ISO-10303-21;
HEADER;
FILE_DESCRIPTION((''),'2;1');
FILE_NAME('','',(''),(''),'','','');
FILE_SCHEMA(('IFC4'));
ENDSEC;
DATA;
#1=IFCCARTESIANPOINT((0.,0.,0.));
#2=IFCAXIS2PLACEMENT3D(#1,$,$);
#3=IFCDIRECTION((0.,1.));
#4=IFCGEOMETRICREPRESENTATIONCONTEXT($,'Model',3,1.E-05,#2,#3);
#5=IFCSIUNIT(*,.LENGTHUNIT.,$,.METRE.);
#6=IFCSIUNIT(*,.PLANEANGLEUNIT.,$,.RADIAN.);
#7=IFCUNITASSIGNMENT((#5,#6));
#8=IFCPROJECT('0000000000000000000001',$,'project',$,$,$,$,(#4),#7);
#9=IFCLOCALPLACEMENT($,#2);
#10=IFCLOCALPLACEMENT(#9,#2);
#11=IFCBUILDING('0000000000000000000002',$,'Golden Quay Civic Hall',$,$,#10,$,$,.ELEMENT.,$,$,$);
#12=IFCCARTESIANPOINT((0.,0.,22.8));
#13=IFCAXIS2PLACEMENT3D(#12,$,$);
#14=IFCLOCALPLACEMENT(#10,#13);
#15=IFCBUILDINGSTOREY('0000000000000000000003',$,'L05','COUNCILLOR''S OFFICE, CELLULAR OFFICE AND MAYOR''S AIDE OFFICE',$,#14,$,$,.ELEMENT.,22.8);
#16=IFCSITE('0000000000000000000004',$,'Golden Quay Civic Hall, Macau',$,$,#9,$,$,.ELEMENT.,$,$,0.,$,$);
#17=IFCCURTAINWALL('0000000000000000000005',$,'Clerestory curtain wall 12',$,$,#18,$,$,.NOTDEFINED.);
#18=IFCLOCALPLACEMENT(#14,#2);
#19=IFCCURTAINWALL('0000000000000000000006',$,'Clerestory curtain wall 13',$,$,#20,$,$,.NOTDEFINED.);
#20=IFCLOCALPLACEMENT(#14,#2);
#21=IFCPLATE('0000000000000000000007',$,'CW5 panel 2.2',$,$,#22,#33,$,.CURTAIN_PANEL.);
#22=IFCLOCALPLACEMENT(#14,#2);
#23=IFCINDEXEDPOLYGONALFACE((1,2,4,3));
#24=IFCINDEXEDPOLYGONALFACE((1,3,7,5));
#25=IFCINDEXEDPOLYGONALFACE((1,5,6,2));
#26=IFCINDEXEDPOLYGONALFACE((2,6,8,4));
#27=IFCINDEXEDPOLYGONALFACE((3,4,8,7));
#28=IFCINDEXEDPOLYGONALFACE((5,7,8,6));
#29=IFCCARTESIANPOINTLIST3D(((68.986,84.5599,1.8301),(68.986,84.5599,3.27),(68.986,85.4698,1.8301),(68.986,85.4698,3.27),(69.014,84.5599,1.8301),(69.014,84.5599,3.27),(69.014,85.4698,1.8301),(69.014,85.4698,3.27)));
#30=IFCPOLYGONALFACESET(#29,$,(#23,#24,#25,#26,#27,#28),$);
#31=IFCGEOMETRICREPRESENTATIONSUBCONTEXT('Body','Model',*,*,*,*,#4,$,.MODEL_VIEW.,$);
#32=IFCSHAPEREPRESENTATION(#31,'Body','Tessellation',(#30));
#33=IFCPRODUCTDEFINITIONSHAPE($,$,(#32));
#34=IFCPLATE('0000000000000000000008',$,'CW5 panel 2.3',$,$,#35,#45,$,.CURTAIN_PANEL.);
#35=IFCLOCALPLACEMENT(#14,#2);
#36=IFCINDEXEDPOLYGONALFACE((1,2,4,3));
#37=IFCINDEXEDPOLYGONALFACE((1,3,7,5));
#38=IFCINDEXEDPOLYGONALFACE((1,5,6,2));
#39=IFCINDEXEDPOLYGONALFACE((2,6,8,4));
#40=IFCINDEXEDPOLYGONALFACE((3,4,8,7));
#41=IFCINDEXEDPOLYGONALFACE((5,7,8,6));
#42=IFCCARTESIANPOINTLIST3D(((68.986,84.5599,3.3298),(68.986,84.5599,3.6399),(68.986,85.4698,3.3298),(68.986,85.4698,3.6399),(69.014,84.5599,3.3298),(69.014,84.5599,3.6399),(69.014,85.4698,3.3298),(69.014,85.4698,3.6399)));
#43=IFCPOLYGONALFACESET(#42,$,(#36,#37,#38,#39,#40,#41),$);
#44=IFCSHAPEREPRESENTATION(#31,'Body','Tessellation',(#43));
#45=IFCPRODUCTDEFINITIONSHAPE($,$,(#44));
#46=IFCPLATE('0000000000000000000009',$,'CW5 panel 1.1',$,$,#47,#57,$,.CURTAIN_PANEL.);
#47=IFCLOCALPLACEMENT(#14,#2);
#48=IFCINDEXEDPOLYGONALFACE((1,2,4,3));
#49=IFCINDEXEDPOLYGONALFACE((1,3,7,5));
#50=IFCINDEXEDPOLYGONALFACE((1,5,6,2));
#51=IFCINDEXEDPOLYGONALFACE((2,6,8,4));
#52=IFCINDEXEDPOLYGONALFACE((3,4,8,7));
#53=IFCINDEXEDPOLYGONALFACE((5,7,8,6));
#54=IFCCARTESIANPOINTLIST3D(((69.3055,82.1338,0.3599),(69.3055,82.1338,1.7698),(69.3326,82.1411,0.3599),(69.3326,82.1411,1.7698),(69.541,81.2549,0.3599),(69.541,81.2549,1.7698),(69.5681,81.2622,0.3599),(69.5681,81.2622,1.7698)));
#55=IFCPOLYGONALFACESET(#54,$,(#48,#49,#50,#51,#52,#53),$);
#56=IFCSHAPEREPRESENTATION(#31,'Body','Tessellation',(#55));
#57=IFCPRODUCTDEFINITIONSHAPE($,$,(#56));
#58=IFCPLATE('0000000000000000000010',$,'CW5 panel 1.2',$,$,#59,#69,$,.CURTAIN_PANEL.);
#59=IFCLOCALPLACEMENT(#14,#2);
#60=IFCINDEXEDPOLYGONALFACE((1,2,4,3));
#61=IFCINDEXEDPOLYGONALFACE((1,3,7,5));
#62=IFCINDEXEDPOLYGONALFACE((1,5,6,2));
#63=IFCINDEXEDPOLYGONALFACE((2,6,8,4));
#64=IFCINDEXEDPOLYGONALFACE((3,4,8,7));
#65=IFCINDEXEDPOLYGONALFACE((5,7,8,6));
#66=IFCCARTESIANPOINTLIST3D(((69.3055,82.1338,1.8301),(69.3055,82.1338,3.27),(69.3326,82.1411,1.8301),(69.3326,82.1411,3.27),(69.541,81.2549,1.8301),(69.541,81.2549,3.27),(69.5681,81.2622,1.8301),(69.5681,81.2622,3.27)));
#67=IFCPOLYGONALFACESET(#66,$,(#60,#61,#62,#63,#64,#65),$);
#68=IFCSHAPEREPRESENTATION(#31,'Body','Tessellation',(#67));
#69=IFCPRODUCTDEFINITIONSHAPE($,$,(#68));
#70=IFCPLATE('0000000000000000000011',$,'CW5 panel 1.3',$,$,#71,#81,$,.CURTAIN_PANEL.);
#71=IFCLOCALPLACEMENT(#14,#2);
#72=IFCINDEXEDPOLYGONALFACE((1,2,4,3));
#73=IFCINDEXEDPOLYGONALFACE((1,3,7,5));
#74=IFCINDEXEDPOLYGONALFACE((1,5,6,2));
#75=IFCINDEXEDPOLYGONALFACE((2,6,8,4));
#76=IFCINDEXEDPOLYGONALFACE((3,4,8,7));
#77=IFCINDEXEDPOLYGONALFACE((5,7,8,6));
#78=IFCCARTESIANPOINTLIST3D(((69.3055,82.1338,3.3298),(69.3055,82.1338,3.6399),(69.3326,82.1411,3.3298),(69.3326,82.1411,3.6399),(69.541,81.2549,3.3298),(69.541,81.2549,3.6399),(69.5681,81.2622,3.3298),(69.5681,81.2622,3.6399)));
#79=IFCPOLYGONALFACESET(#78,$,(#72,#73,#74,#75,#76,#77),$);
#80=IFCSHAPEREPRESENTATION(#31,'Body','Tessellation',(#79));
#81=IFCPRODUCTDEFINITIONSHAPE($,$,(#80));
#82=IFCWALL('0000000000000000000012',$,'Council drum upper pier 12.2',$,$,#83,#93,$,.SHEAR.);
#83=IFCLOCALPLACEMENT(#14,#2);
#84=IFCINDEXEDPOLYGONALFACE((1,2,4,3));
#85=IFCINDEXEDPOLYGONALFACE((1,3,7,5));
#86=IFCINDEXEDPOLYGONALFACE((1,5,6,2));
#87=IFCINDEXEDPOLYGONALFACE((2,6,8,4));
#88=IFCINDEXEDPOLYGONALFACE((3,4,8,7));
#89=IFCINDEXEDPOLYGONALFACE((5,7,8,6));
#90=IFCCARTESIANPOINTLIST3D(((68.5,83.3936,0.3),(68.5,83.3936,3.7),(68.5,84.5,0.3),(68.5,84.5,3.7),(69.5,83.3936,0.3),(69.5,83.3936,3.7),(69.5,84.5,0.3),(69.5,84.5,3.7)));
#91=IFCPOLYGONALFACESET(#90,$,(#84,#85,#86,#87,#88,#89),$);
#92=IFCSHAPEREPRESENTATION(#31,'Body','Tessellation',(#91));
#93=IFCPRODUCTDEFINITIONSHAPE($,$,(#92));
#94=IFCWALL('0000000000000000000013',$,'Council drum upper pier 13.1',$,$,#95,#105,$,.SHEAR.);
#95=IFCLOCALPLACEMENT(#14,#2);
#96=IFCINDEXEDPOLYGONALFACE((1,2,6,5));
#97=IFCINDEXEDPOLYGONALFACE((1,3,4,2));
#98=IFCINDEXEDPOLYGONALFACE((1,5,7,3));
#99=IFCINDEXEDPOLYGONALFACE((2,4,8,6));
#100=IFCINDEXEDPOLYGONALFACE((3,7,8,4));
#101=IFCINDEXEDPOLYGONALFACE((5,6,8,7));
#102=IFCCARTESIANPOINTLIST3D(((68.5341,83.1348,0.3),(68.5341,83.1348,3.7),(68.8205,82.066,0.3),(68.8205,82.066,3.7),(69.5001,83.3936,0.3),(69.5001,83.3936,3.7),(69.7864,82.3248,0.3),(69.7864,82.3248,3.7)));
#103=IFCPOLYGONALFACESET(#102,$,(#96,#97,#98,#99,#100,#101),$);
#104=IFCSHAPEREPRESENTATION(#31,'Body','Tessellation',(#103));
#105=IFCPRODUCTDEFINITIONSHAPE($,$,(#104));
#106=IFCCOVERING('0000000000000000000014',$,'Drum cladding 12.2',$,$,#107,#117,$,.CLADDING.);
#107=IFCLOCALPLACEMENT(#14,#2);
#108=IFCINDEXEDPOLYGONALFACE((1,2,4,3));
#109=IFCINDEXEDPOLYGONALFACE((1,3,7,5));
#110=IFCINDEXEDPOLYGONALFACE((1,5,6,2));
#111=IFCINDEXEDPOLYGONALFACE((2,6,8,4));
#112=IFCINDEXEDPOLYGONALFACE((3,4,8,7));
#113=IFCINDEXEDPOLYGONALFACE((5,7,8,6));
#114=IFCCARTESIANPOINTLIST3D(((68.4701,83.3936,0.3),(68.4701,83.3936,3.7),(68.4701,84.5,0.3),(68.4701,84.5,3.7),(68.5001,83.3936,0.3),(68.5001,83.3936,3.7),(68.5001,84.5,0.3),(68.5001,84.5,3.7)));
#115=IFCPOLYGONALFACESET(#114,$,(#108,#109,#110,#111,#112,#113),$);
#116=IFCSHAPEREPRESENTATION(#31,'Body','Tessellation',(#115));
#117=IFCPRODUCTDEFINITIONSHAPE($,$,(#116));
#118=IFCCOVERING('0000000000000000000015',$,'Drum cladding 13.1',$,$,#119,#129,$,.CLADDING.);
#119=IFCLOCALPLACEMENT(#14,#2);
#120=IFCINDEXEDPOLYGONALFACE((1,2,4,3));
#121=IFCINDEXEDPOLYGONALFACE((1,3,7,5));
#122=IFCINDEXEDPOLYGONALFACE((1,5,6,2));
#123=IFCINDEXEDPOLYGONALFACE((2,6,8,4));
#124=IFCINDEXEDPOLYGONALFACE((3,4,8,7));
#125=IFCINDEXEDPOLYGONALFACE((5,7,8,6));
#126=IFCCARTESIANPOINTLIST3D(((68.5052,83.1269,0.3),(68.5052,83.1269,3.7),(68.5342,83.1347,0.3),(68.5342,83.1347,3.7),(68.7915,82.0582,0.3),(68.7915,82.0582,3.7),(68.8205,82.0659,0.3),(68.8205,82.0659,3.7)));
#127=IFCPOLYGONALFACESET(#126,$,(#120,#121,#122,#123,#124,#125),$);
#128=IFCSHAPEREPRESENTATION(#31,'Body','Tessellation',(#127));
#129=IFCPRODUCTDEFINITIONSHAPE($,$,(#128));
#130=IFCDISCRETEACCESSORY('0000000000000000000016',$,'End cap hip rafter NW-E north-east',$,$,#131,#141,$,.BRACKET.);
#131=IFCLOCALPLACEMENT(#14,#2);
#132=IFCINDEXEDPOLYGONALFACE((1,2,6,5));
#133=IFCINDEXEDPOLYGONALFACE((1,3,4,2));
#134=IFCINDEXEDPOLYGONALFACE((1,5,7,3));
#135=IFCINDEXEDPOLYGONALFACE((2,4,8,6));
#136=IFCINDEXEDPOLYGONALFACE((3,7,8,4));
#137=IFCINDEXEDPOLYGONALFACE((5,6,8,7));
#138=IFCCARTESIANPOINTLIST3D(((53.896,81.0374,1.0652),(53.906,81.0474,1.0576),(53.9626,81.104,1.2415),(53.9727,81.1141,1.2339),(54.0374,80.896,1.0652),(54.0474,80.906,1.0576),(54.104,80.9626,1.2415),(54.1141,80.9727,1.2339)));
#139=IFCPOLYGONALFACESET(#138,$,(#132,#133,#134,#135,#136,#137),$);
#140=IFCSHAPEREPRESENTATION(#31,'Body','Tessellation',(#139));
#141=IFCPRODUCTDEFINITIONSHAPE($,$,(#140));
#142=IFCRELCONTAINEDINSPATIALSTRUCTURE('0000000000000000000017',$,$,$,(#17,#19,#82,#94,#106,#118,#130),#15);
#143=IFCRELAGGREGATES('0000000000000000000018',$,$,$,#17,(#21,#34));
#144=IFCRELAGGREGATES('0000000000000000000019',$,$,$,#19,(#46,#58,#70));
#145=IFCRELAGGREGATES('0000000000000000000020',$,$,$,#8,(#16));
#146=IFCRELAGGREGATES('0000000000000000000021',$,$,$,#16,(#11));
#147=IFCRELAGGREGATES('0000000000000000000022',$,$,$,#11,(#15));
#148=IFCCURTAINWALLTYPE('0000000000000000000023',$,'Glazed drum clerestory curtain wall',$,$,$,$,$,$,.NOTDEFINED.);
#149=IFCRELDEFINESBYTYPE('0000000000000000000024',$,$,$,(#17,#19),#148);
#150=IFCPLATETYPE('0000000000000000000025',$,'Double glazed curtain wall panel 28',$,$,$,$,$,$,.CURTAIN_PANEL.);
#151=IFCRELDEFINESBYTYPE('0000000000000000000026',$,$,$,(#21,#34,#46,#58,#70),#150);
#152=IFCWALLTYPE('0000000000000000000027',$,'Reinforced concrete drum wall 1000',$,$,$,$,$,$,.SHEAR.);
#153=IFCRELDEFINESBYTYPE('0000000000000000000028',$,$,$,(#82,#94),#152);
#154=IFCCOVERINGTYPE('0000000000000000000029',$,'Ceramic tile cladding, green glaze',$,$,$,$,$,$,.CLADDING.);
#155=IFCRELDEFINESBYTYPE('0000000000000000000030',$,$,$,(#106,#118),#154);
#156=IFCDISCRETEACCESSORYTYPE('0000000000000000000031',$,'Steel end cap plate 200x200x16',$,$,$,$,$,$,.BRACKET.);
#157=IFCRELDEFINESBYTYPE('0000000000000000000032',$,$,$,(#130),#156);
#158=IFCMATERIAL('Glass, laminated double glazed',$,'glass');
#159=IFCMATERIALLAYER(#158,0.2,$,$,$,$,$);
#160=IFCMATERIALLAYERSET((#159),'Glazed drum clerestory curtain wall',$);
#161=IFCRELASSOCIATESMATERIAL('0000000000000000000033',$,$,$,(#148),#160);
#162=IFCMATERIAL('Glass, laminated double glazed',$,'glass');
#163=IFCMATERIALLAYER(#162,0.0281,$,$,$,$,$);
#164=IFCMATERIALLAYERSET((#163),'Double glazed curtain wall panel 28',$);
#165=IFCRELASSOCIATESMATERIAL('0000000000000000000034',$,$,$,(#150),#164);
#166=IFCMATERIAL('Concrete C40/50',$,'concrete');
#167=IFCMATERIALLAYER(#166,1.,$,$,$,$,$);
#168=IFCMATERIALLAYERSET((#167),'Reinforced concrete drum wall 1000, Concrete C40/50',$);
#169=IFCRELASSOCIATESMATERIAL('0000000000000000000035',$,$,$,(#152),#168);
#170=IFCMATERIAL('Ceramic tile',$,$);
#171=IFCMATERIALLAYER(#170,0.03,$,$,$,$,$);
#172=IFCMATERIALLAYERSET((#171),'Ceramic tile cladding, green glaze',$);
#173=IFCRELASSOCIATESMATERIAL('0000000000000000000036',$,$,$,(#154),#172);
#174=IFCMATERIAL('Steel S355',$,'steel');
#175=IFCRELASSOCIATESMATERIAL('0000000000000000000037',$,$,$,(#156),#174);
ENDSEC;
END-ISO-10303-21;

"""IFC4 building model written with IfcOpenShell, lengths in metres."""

from ifc_helpers import new_model, si_unit, direction, frame, frame_2d, origin, origin_2d, place, context, subcontext, project, spatial, rectangle, extrude, material, layer, layer_set, material_profile, profile_set, type_object, element, aggregate, save


model = new_model("IFC4")

# Units and contexts
model_context = context("Model", 3, precision=1e-05, world=origin(), true_north=direction((0.0, 1.0)))
body_context = subcontext(model_context, "Body", "Model", "MODEL_VIEW")
ifc_project = project(units=[si_unit("LENGTHUNIT", "METRE"), si_unit("PLANEANGLEUNIT", "RADIAN")], contexts=[model_context])

# Site, building, storey
site_placement = place(None, origin())
site = spatial("IfcSite", under=ifc_project, at=site_placement, Name="Golden Quay Civic Hall, Macau", CompositionType="ELEMENT", RefElevation=0.0)
building_placement = place(site_placement, origin())
building = spatial("IfcBuilding", under=site, at=building_placement, Name="Golden Quay Civic Hall", CompositionType="ELEMENT")
storey_placement = place(building_placement, frame((0.0, 0.0, 22.8)))
storey = spatial("IfcBuildingStorey", under=building, at=storey_placement, Name="L05", Description="COUNCILLOR'S OFFICE, CELLULAR OFFICE AND MAYOR'S AIDE OFFICE", CompositionType="ELEMENT", Elevation=22.8)

# Curtain walls
ifc_material_1 = material(Name="Glass, laminated double glazed", Category="glass")
ifc_layer_1 = layer(ifc_material_1, 0.2)
ifc_layer_set_1 = layer_set([ifc_layer_1], Name="Glazed drum clerestory curtain wall")
curtain_wall_type = type_object("IfcCurtainWallType", Name="Glazed drum clerestory curtain wall", PredefinedType="NOTDEFINED", material=ifc_layer_set_1)
curtain_wall_1_placement = place(storey_placement, origin())
curtain_wall_1 = element("IfcCurtainWall", 1, at=curtain_wall_1_placement, inside=storey, type_object=curtain_wall_type, Name="Clerestory curtain wall 12", PredefinedType="NOTDEFINED")
curtain_wall_2_placement = place(storey_placement, origin())
curtain_wall_2 = element("IfcCurtainWall", 2, at=curtain_wall_2_placement, inside=storey, type_object=curtain_wall_type, Name="Clerestory curtain wall 13", PredefinedType="NOTDEFINED")

# Plates
ifc_material_2 = material(Name="Glass, laminated double glazed", Category="glass")
ifc_layer_2 = layer(ifc_material_2, 0.0281)
ifc_layer_set_2 = layer_set([ifc_layer_2], Name="Double glazed curtain wall panel 28")
plate_type = type_object("IfcPlateType", Name="Double glazed curtain wall panel 28", PredefinedType="CURTAIN_PANEL", material=ifc_layer_set_2)
plate_1_placement = place(storey_placement, frame((69.0, 85.0149, 1.8301), z_axis=(0.0, 0.0, 1.0), x_axis=(0.0, -1.0, 0.0)))
plate_1 = element("IfcPlate", 3, at=plate_1_placement, type_object=plate_type, Name="CW5 panel 2.2", PredefinedType="CURTAIN_PANEL", context=body_context, shape_type="SweptSolid", body=[
    extrude(rectangle(XDim=0.9099, YDim=0.0281, at=origin_2d()), origin(), (0.0, 0.0, 1.0), 1.4399),
])
plate_2_placement = place(storey_placement, frame((69.0, 85.0149, 3.3298), z_axis=(0.0, 0.0, 1.0), x_axis=(0.0, -1.0, 0.0)))
plate_2 = element("IfcPlate", 4, at=plate_2_placement, type_object=plate_type, Name="CW5 panel 2.3", PredefinedType="CURTAIN_PANEL", context=body_context, shape_type="SweptSolid", body=[
    extrude(rectangle(XDim=0.9099, YDim=0.0281, at=origin_2d()), origin(), (0.0, 0.0, 1.0), 0.3101),
])
aggregate(curtain_wall_1, [plate_1, plate_2])
plate_3_placement = place(storey_placement, frame((69.4368, 81.698, 0.3599), z_axis=(0.0, 0.0, 1.0), x_axis=(0.258808, -0.965929, 0.0)))
plate_3 = element("IfcPlate", 5, at=plate_3_placement, type_object=plate_type, Name="CW5 panel 1.1", PredefinedType="CURTAIN_PANEL", context=body_context, shape_type="SweptSolid", body=[
    extrude(rectangle(XDim=0.9099, YDim=0.0281, at=origin_2d()), origin(), (0.0, 0.0, 1.0), 1.4099),
])
plate_4_placement = place(storey_placement, frame((69.4368, 81.698, 1.8301), z_axis=(0.0, 0.0, 1.0), x_axis=(0.258808, -0.965929, 0.0)))
plate_4 = element("IfcPlate", 6, at=plate_4_placement, type_object=plate_type, Name="CW5 panel 1.2", PredefinedType="CURTAIN_PANEL", context=body_context, shape_type="SweptSolid", body=[
    extrude(rectangle(XDim=0.9099, YDim=0.0281, at=origin_2d()), origin(), (0.0, 0.0, 1.0), 1.4399),
])
plate_5_placement = place(storey_placement, frame((69.4368, 81.698, 3.3298), z_axis=(0.0, 0.0, 1.0), x_axis=(0.258808, -0.965929, 0.0)))
plate_5 = element("IfcPlate", 7, at=plate_5_placement, type_object=plate_type, Name="CW5 panel 1.3", PredefinedType="CURTAIN_PANEL", context=body_context, shape_type="SweptSolid", body=[
    extrude(rectangle(XDim=0.9099, YDim=0.0281, at=origin_2d()), origin(), (0.0, 0.0, 1.0), 0.3101),
])
aggregate(curtain_wall_2, [plate_3, plate_4, plate_5])

# Walls
ifc_material_3 = material(Name="Concrete C40/50", Category="concrete")
ifc_layer_3 = layer(ifc_material_3, 1.0)
ifc_layer_set_3 = layer_set([ifc_layer_3], Name="Reinforced concrete drum wall 1000, Concrete C40/50")
wall_type = type_object("IfcWallType", Name="Reinforced concrete drum wall 1000", PredefinedType="SHEAR", material=ifc_layer_set_3)
for number, where, z_axis, x_axis, name in (
    (8, (69.0, 84.5, 0.3), (0.0, 0.0, 1.0), (0.0, -1.0, 0.0), "Council drum upper pier 12.2"),
    (9, (69.0171, 83.2642, 0.3), (0.0, 0.0, 1.0), (0.258802, -0.96593, 0.0), "Council drum upper pier 13.1"),
):
    element("IfcWall", number, at=place(storey_placement, frame(where, z_axis=z_axis, x_axis=x_axis)), inside=storey, type_object=wall_type, Name=name, PredefinedType="SHEAR", context=body_context, shape_type="SweptSolid", body=[
        extrude(rectangle(XDim=1.1064, YDim=1.0, at=frame_2d((0.5532, 0.0))), origin(), (0.0, 0.0, 1.0), 3.3999),
    ])

# Coverings
ifc_material_4 = material(Name="Ceramic tile")
ifc_layer_4 = layer(ifc_material_4, 0.03)
ifc_layer_set_4 = layer_set([ifc_layer_4], Name="Ceramic tile cladding, green glaze")
covering_type = type_object("IfcCoveringType", Name="Ceramic tile cladding, green glaze", PredefinedType="CLADDING", material=ifc_layer_set_4)
for number, where, z_axis, x_axis, name in (
    (10, (68.4851, 83.9468, 0.3), (0.0, 0.0, 1.0), (0.0, -1.0, 0.0), "Drum cladding 12.2"),
    (11, (68.6628, 82.5964, 0.3), (0.0, 0.0, 1.0), (0.258819, -0.965926, 0.0), "Drum cladding 13.1"),
):
    element("IfcCovering", number, at=place(storey_placement, frame(where, z_axis=z_axis, x_axis=x_axis)), inside=storey, type_object=covering_type, Name=name, PredefinedType="CLADDING", context=body_context, shape_type="SweptSolid", body=[
        extrude(rectangle(XDim=1.1064, YDim=0.03, at=origin_2d()), origin(), (0.0, 0.0, 1.0), 3.3999),
    ])

# Discrete accessory
ifc_material_5 = material(Name="Steel S355", Category="steel")
ifc_material_profile_1 = material_profile(ifc_material_5, rectangle(XDim=0.2, YDim=0.2, at=origin_2d()), Name="Steel end cap plate 200x200x16")
ifc_profile_set_1 = profile_set([ifc_material_profile_1], Name="Steel S355")
discrete_accessory_type = type_object("IfcDiscreteAccessoryType", Name="Steel end cap plate 200x200x16", PredefinedType="BRACKET", material=ifc_profile_set_1)
discrete_accessory_placement = place(storey_placement, frame((54.0, 81.0, 1.1533), z_axis=(0.623579, 0.623579, -0.471486), x_axis=(-0.707107, 0.707107, 0.0)))
element("IfcDiscreteAccessory", 12, at=discrete_accessory_placement, inside=storey, type_object=discrete_accessory_type, Name="End cap hip rafter NW-E north-east", PredefinedType="BRACKET", context=body_context, shape_type="SweptSolid", body=[
    extrude(rectangle(XDim=0.2, YDim=0.2, at=origin_2d()), origin(), (0.0, 0.0, 1.0), 0.0161),
])

save(model, "model.ifc")
